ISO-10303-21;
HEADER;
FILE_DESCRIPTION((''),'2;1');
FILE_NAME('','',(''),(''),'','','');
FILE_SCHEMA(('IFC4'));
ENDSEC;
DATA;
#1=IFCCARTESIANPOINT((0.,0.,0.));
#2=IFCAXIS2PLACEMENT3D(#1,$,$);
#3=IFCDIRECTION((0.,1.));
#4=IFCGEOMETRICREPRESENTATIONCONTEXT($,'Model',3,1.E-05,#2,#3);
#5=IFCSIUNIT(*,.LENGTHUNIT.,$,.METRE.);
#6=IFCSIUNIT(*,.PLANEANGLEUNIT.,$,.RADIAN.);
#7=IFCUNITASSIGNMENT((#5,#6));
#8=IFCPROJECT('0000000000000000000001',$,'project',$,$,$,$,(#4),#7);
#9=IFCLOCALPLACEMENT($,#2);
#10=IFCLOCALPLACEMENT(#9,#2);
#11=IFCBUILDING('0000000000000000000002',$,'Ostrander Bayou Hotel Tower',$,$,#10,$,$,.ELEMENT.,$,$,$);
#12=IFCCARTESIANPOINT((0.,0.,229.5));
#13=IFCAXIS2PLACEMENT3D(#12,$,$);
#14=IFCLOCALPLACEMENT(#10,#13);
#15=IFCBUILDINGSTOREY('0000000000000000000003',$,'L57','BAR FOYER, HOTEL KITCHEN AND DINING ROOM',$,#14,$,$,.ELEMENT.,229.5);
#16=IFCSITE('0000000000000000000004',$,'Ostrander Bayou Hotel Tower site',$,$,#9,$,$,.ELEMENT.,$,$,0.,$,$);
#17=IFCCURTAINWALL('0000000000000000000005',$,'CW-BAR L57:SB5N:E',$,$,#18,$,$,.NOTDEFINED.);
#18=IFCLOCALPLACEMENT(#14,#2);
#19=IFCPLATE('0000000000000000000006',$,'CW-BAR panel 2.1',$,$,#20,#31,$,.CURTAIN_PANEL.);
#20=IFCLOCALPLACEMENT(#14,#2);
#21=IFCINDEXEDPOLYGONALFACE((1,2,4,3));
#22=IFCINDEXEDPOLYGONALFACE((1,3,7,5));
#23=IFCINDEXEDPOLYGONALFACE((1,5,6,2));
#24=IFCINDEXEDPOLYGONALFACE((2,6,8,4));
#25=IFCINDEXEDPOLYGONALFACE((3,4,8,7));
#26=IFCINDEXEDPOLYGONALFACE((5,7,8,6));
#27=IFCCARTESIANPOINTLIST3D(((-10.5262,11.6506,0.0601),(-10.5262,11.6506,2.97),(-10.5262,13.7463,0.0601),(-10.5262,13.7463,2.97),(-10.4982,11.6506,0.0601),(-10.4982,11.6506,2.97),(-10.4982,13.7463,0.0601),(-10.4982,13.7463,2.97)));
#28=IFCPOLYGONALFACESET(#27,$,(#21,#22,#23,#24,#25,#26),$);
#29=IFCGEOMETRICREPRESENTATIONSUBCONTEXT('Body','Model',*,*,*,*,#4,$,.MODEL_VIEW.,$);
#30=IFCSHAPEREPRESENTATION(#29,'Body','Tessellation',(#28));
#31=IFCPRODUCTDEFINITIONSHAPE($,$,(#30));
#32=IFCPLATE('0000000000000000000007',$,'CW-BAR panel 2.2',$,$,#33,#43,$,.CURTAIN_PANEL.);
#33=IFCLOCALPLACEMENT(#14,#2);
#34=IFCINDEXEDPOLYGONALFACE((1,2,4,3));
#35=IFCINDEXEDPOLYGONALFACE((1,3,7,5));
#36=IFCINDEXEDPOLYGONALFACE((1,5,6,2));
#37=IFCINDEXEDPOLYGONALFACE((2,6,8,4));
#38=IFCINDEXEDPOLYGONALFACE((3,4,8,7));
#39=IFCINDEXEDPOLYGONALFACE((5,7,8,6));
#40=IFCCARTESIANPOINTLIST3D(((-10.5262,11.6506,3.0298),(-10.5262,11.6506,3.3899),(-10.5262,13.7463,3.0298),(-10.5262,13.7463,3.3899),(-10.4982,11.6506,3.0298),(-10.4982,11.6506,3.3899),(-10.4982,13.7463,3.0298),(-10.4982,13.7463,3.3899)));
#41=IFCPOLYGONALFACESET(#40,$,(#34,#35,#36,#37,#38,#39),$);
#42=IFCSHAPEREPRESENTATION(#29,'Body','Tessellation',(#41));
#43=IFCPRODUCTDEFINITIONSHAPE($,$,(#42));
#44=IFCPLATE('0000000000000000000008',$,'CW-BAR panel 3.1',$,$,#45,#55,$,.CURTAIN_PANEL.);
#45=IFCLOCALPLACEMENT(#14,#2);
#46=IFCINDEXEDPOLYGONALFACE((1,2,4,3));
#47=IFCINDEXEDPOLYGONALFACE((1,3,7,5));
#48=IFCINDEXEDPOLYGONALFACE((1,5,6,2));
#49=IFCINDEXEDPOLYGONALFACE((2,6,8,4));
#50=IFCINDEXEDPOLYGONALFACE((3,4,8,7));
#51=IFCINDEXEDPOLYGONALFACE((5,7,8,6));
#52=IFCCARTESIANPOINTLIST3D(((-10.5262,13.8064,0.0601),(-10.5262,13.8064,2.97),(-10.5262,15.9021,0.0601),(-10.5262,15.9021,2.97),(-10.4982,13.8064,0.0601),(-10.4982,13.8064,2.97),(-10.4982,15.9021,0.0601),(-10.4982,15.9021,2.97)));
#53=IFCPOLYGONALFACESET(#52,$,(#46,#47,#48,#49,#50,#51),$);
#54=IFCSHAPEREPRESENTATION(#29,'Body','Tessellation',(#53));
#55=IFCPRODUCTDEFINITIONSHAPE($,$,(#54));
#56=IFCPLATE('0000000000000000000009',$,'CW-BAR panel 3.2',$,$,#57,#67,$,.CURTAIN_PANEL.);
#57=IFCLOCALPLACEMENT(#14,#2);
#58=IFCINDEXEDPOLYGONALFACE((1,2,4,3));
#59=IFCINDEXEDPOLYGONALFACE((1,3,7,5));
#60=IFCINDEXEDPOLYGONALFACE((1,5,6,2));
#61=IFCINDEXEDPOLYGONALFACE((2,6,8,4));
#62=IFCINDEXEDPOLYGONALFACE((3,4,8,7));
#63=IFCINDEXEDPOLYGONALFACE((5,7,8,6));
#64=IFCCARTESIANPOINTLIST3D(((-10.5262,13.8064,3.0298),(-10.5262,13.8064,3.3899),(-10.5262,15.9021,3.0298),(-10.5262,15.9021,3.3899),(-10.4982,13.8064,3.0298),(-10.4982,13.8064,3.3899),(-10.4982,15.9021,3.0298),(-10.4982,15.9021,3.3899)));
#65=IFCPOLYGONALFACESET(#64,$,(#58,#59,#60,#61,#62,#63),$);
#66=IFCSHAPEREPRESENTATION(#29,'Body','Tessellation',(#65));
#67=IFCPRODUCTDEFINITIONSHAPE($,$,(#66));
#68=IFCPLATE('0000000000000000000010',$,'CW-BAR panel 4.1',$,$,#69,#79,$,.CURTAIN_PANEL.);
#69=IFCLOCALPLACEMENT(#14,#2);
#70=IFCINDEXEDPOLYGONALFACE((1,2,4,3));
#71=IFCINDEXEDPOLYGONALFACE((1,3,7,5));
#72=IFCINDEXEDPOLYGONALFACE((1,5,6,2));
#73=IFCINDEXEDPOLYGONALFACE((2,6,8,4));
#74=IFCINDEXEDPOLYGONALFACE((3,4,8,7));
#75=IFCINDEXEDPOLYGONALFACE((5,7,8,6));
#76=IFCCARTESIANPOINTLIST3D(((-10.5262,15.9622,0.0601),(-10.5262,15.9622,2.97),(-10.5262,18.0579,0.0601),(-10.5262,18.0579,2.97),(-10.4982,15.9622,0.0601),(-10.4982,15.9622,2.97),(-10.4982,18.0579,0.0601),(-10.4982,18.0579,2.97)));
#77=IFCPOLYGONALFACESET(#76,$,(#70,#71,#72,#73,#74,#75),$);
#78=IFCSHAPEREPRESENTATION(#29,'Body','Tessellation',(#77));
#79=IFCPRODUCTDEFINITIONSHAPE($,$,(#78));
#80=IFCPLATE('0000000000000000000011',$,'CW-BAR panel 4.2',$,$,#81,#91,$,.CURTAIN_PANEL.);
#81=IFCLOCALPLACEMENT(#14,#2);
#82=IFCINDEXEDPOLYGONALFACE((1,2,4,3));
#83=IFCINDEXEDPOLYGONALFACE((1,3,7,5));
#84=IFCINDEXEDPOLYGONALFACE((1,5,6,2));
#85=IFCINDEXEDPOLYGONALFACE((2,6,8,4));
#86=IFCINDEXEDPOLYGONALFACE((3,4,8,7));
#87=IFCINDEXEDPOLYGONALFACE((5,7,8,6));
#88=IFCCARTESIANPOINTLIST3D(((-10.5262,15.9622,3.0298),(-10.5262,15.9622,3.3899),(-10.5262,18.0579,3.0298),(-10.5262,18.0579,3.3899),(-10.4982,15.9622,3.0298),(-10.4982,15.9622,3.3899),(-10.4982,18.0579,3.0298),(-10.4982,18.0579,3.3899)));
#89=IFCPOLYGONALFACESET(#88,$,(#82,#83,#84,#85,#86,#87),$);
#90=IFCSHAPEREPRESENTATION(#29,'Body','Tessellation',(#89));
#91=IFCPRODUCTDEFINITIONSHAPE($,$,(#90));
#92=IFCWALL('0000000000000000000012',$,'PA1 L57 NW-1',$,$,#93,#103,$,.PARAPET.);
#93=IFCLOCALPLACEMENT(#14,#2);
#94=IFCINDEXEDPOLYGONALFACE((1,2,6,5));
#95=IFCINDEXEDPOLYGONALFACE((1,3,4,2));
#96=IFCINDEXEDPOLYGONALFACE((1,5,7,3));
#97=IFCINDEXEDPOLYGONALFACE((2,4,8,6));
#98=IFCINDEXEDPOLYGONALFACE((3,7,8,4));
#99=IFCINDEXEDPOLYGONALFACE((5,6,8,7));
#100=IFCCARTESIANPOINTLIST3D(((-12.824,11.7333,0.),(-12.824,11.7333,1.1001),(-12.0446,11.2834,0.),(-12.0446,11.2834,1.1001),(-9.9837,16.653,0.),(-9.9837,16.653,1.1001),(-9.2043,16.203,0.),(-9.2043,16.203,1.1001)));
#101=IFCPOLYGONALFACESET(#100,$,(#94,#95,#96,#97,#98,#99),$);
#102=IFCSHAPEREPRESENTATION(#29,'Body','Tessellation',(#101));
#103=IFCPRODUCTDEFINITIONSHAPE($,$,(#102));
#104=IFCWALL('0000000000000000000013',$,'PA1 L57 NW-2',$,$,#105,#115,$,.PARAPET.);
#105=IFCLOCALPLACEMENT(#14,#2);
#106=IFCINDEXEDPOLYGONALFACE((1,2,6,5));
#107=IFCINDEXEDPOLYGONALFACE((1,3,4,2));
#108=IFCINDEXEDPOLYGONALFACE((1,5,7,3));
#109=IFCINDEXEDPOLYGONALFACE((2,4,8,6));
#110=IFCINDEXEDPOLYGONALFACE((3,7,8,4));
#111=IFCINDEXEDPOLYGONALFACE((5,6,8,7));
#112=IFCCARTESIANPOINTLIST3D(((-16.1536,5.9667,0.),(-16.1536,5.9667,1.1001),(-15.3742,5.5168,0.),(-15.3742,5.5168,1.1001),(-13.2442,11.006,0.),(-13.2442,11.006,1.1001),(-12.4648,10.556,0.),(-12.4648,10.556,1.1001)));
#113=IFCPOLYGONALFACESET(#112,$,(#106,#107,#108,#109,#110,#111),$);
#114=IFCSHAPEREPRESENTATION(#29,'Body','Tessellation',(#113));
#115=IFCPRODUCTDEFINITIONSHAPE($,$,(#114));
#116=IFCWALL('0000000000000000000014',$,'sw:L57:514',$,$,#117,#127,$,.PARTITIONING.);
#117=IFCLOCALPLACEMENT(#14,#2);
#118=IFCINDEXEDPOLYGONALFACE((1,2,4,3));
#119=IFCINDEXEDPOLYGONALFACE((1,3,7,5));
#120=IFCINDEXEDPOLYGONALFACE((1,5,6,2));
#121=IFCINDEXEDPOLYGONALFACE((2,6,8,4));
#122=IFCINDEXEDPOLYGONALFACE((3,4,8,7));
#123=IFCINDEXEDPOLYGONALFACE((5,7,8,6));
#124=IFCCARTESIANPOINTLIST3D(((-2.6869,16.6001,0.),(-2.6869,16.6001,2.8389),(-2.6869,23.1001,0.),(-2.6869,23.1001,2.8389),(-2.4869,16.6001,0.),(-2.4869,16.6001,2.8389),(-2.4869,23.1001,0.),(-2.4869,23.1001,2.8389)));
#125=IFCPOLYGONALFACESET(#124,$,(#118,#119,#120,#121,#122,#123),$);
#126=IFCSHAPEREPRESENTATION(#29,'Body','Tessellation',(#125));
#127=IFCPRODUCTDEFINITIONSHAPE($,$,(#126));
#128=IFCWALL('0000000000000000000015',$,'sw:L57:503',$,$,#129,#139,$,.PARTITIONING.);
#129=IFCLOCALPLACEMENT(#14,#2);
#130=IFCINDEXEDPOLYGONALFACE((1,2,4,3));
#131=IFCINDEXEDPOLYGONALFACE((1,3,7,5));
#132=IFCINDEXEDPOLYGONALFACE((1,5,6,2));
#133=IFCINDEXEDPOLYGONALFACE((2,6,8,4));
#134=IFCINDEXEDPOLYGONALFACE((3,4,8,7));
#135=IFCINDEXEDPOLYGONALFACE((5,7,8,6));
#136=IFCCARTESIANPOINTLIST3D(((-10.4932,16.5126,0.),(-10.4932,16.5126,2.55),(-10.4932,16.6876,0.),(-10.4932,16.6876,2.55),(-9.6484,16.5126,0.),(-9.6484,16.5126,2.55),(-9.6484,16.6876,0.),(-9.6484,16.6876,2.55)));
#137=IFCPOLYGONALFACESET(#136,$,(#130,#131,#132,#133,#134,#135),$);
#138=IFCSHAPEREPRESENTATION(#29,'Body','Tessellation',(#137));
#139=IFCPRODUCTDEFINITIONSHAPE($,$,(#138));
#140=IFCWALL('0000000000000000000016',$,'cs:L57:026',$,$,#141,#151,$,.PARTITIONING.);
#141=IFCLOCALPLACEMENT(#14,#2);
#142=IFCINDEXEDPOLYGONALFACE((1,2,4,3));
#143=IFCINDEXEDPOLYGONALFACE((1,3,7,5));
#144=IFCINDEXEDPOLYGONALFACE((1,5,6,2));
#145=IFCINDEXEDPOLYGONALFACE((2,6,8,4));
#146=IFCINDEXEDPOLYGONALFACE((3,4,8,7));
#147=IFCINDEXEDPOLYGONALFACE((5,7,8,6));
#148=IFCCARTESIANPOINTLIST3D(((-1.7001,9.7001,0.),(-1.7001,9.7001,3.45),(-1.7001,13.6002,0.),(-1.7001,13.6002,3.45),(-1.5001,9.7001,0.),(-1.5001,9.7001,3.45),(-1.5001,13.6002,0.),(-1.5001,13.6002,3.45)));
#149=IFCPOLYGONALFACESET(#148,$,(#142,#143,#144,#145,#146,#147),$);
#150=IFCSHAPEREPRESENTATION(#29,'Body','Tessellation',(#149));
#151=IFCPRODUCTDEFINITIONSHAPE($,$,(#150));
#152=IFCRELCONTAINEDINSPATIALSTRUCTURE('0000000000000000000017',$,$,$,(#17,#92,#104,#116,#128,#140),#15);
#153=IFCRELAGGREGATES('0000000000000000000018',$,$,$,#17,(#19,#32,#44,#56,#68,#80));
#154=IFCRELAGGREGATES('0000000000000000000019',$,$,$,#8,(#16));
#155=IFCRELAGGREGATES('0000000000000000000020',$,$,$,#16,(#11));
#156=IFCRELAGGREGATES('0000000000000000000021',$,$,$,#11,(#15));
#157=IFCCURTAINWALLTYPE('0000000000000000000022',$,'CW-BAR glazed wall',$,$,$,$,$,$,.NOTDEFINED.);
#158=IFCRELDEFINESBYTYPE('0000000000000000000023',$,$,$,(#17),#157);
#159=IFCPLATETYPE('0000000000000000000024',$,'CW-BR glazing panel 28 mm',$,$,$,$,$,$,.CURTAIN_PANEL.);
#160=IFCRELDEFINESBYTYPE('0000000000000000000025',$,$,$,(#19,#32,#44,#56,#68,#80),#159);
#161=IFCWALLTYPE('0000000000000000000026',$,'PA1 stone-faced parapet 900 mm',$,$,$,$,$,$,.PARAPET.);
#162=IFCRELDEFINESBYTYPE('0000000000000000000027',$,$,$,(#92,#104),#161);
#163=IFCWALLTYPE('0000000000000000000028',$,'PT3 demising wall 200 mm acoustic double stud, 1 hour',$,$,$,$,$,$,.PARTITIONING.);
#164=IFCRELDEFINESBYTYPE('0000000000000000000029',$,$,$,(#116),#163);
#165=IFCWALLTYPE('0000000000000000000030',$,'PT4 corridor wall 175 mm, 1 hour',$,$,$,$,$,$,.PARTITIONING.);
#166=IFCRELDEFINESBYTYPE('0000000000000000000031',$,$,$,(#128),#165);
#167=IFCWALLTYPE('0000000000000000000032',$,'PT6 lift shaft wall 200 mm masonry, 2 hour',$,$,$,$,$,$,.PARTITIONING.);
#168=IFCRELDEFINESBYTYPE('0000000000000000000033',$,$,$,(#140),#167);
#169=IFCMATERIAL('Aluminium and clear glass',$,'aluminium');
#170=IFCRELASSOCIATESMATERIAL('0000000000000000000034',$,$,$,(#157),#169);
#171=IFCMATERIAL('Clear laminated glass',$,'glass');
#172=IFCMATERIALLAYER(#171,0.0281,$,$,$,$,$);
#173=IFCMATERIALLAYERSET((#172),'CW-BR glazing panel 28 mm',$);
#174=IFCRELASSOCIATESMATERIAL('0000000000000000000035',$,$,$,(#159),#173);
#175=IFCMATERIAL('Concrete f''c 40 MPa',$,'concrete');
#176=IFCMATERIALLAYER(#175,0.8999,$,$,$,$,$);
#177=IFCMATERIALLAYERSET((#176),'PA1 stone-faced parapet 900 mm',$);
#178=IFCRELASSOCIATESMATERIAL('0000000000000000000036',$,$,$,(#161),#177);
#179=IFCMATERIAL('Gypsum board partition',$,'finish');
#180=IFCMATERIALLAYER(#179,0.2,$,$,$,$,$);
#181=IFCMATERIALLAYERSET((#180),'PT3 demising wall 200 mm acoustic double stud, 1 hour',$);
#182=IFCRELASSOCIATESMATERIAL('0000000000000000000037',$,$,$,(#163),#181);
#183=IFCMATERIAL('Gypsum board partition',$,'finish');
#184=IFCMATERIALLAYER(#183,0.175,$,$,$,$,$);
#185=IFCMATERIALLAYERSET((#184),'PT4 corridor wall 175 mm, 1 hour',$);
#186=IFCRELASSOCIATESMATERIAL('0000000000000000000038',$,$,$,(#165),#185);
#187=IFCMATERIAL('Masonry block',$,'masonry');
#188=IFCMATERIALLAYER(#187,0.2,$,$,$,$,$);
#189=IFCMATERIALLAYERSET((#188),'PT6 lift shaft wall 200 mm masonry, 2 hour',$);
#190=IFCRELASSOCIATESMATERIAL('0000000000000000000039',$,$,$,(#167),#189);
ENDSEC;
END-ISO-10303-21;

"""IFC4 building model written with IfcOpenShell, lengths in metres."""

from ifc_helpers import new_model, si_unit, direction, frame, frame_2d, origin, origin_2d, place, context, subcontext, project, spatial, rectangle, extrude, material, layer, layer_set, type_object, element, aggregate, save


model = new_model("IFC4")

# Units and contexts
model_context = context("Model", 3, precision=1e-05, world=origin(), true_north=direction((0.0, 1.0)))
body_context = subcontext(model_context, "Body", "Model", "MODEL_VIEW")
ifc_project = project(units=[si_unit("LENGTHUNIT", "METRE"), si_unit("PLANEANGLEUNIT", "RADIAN")], contexts=[model_context])

# Site, building, storey
site_placement = place(None, origin())
site = spatial("IfcSite", under=ifc_project, at=site_placement, Name="Ostrander Bayou Hotel Tower site", CompositionType="ELEMENT", RefElevation=0.0)
building_placement = place(site_placement, origin())
building = spatial("IfcBuilding", under=site, at=building_placement, Name="Ostrander Bayou Hotel Tower", CompositionType="ELEMENT")
storey_placement = place(building_placement, frame((0.0, 0.0, 229.5)))
storey = spatial("IfcBuildingStorey", under=building, at=storey_placement, Name="L57", Description="BAR FOYER, HOTEL KITCHEN AND DINING ROOM", CompositionType="ELEMENT", Elevation=229.5)

# Curtain wall
ifc_material_1 = material(Name="Aluminium and clear glass", Category="aluminium")
curtain_wall_type = type_object("IfcCurtainWallType", Name="CW-BAR glazed wall", PredefinedType="NOTDEFINED", material=ifc_material_1)
curtain_wall_placement = place(storey_placement, origin())
curtain_wall = element("IfcCurtainWall", 1, at=curtain_wall_placement, inside=storey, type_object=curtain_wall_type, Name="CW-BAR L57:SB5N:E", PredefinedType="NOTDEFINED")

# Plates
ifc_material_2 = material(Name="Clear laminated glass", Category="glass")
ifc_layer_1 = layer(ifc_material_2, 0.0281)
ifc_layer_set_1 = layer_set([ifc_layer_1], Name="CW-BR glazing panel 28 mm")
plate_type = type_object("IfcPlateType", Name="CW-BR glazing panel 28 mm", PredefinedType="CURTAIN_PANEL", material=ifc_layer_set_1)
plate_1_placement = place(storey_placement, frame((-10.5122, 12.6985, 0.0601), z_axis=(0.0, 0.0, 1.0), x_axis=(0.0, 1.0, 0.0)))
plate_1 = element("IfcPlate", 2, at=plate_1_placement, type_object=plate_type, Name="CW-BAR panel 2.1", PredefinedType="CURTAIN_PANEL", context=body_context, shape_type="SweptSolid", body=[
    extrude(rectangle(XDim=2.0957, YDim=0.0281, at=origin_2d()), origin(), (0.0, 0.0, 1.0), 2.9099),
])
plate_2_placement = place(storey_placement, frame((-10.5122, 12.6985, 3.0298), z_axis=(0.0, 0.0, 1.0), x_axis=(0.0, 1.0, 0.0)))
plate_2 = element("IfcPlate", 3, at=plate_2_placement, type_object=plate_type, Name="CW-BAR panel 2.2", PredefinedType="CURTAIN_PANEL", context=body_context, shape_type="SweptSolid", body=[
    extrude(rectangle(XDim=2.0957, YDim=0.0281, at=origin_2d()), origin(), (0.0, 0.0, 1.0), 0.3601),
])
plate_3_placement = place(storey_placement, frame((-10.5122, 14.8542, 0.0601), z_axis=(0.0, 0.0, 1.0), x_axis=(0.0, 1.0, 0.0)))
plate_3 = element("IfcPlate", 4, at=plate_3_placement, type_object=plate_type, Name="CW-BAR panel 3.1", PredefinedType="CURTAIN_PANEL", context=body_context, shape_type="SweptSolid", body=[
    extrude(rectangle(XDim=2.0957, YDim=0.0281, at=origin_2d()), origin(), (0.0, 0.0, 1.0), 2.9099),
])
plate_4_placement = place(storey_placement, frame((-10.5122, 14.8542, 3.0298), z_axis=(0.0, 0.0, 1.0), x_axis=(0.0, 1.0, 0.0)))
plate_4 = element("IfcPlate", 5, at=plate_4_placement, type_object=plate_type, Name="CW-BAR panel 3.2", PredefinedType="CURTAIN_PANEL", context=body_context, shape_type="SweptSolid", body=[
    extrude(rectangle(XDim=2.0957, YDim=0.0281, at=origin_2d()), origin(), (0.0, 0.0, 1.0), 0.3601),
])
plate_5_placement = place(storey_placement, frame((-10.5122, 17.01, 0.0601), z_axis=(0.0, 0.0, 1.0), x_axis=(0.0, 1.0, 0.0)))
plate_5 = element("IfcPlate", 6, at=plate_5_placement, type_object=plate_type, Name="CW-BAR panel 4.1", PredefinedType="CURTAIN_PANEL", context=body_context, shape_type="SweptSolid", body=[
    extrude(rectangle(XDim=2.0957, YDim=0.0281, at=origin_2d()), origin(), (0.0, 0.0, 1.0), 2.9099),
])
plate_6_placement = place(storey_placement, frame((-10.5122, 17.01, 3.0298), z_axis=(0.0, 0.0, 1.0), x_axis=(0.0, 1.0, 0.0)))
plate_6 = element("IfcPlate", 7, at=plate_6_placement, type_object=plate_type, Name="CW-BAR panel 4.2", PredefinedType="CURTAIN_PANEL", context=body_context, shape_type="SweptSolid", body=[
    extrude(rectangle(XDim=2.0957, YDim=0.0281, at=origin_2d()), origin(), (0.0, 0.0, 1.0), 0.3601),
])
aggregate(curtain_wall, [plate_1, plate_2, plate_3, plate_4, plate_5, plate_6])

# Walls
ifc_material_3 = material(Name="Concrete f'c 40 MPa", Category="concrete")
ifc_layer_2 = layer(ifc_material_3, 0.8999)
ifc_layer_set_2 = layer_set([ifc_layer_2], Name="PA1 stone-faced parapet 900 mm")
wall_type_1 = type_object("IfcWallType", Name="PA1 stone-faced parapet 900 mm", PredefinedType="PARAPET", material=ifc_layer_set_2)
wall_1_placement = place(storey_placement, frame((-9.594, 16.428, 0.0), z_axis=(0.0, 0.0, 1.0), x_axis=(-0.499994, -0.866029, 0.0)))
element("IfcWall", 8, at=wall_1_placement, inside=storey, type_object=wall_type_1, Name="PA1 L57 NW-1", PredefinedType="PARAPET", context=body_context, shape_type="SweptSolid", body=[
    extrude(rectangle(XDim=5.6807, YDim=0.8999, at=frame_2d((2.8403, 0.0))), origin(), (0.0, 0.0, 1.0), 1.1001),
])
wall_2_placement = place(storey_placement, frame((-12.8545, 10.781, 0.0), z_axis=(0.0, 0.0, 1.0), x_axis=(-0.499997, -0.866027, 0.0)))
element("IfcWall", 9, at=wall_2_placement, inside=storey, type_object=wall_type_1, Name="PA1 L57 NW-2", PredefinedType="PARAPET", context=body_context, shape_type="SweptSolid", body=[
    extrude(rectangle(XDim=5.8188, YDim=0.8999, at=frame_2d((2.9094, 0.0))), origin(), (0.0, 0.0, 1.0), 1.1001),
])
ifc_material_4 = material(Name="Gypsum board partition", Category="finish")
ifc_layer_3 = layer(ifc_material_4, 0.2)
ifc_layer_set_3 = layer_set([ifc_layer_3], Name="PT3 demising wall 200 mm acoustic double stud, 1 hour")
wall_type_2 = type_object("IfcWallType", Name="PT3 demising wall 200 mm acoustic double stud, 1 hour", PredefinedType="PARTITIONING", material=ifc_layer_set_3)
wall_3_placement = place(storey_placement, frame((-2.5869, 16.6001, 0.0), z_axis=(0.0, 0.0, 1.0), x_axis=(0.0, 1.0, 0.0)))
element("IfcWall", 10, at=wall_3_placement, inside=storey, type_object=wall_type_2, Name="sw:L57:514", PredefinedType="PARTITIONING", context=body_context, shape_type="SweptSolid", body=[
    extrude(rectangle(XDim=6.5, YDim=0.2, at=frame_2d((3.25, 0.0))), origin(), (0.0, 0.0, 1.0), 2.8389),
])
ifc_material_5 = material(Name="Gypsum board partition", Category="finish")
ifc_layer_4 = layer(ifc_material_5, 0.175)
ifc_layer_set_4 = layer_set([ifc_layer_4], Name="PT4 corridor wall 175 mm, 1 hour")
wall_type_3 = type_object("IfcWallType", Name="PT4 corridor wall 175 mm, 1 hour", PredefinedType="PARTITIONING", material=ifc_layer_set_4)
wall_4_placement = place(storey_placement, frame((-10.4932, 16.6001, 0.0), z_axis=(0.0, 0.0, 1.0), x_axis=(1.0, 0.0, 0.0)))
element("IfcWall", 11, at=wall_4_placement, inside=storey, type_object=wall_type_3, Name="sw:L57:503", PredefinedType="PARTITIONING", context=body_context, shape_type="SweptSolid", body=[
    extrude(rectangle(XDim=0.8447, YDim=0.175, at=frame_2d((0.4224, 0.0))), origin(), (0.0, 0.0, 1.0), 2.55),
])

# Wall
ifc_material_6 = material(Name="Masonry block", Category="masonry")
ifc_layer_5 = layer(ifc_material_6, 0.2)
ifc_layer_set_5 = layer_set([ifc_layer_5], Name="PT6 lift shaft wall 200 mm masonry, 2 hour")
wall_type_4 = type_object("IfcWallType", Name="PT6 lift shaft wall 200 mm masonry, 2 hour", PredefinedType="PARTITIONING", material=ifc_layer_set_5)
wall_5_placement = place(storey_placement, frame((-1.6001, 9.7, 0.0), z_axis=(0.0, 0.0, 1.0), x_axis=(0.0, 1.0, 0.0)))
element("IfcWall", 12, at=wall_5_placement, inside=storey, type_object=wall_type_4, Name="cs:L57:026", PredefinedType="PARTITIONING", context=body_context, shape_type="SweptSolid", body=[
    extrude(rectangle(XDim=3.9001, YDim=0.2, at=frame_2d((1.9502, 0.0))), origin(), (0.0, 0.0, 1.0), 3.45),
])

save(model, "model.ifc")
